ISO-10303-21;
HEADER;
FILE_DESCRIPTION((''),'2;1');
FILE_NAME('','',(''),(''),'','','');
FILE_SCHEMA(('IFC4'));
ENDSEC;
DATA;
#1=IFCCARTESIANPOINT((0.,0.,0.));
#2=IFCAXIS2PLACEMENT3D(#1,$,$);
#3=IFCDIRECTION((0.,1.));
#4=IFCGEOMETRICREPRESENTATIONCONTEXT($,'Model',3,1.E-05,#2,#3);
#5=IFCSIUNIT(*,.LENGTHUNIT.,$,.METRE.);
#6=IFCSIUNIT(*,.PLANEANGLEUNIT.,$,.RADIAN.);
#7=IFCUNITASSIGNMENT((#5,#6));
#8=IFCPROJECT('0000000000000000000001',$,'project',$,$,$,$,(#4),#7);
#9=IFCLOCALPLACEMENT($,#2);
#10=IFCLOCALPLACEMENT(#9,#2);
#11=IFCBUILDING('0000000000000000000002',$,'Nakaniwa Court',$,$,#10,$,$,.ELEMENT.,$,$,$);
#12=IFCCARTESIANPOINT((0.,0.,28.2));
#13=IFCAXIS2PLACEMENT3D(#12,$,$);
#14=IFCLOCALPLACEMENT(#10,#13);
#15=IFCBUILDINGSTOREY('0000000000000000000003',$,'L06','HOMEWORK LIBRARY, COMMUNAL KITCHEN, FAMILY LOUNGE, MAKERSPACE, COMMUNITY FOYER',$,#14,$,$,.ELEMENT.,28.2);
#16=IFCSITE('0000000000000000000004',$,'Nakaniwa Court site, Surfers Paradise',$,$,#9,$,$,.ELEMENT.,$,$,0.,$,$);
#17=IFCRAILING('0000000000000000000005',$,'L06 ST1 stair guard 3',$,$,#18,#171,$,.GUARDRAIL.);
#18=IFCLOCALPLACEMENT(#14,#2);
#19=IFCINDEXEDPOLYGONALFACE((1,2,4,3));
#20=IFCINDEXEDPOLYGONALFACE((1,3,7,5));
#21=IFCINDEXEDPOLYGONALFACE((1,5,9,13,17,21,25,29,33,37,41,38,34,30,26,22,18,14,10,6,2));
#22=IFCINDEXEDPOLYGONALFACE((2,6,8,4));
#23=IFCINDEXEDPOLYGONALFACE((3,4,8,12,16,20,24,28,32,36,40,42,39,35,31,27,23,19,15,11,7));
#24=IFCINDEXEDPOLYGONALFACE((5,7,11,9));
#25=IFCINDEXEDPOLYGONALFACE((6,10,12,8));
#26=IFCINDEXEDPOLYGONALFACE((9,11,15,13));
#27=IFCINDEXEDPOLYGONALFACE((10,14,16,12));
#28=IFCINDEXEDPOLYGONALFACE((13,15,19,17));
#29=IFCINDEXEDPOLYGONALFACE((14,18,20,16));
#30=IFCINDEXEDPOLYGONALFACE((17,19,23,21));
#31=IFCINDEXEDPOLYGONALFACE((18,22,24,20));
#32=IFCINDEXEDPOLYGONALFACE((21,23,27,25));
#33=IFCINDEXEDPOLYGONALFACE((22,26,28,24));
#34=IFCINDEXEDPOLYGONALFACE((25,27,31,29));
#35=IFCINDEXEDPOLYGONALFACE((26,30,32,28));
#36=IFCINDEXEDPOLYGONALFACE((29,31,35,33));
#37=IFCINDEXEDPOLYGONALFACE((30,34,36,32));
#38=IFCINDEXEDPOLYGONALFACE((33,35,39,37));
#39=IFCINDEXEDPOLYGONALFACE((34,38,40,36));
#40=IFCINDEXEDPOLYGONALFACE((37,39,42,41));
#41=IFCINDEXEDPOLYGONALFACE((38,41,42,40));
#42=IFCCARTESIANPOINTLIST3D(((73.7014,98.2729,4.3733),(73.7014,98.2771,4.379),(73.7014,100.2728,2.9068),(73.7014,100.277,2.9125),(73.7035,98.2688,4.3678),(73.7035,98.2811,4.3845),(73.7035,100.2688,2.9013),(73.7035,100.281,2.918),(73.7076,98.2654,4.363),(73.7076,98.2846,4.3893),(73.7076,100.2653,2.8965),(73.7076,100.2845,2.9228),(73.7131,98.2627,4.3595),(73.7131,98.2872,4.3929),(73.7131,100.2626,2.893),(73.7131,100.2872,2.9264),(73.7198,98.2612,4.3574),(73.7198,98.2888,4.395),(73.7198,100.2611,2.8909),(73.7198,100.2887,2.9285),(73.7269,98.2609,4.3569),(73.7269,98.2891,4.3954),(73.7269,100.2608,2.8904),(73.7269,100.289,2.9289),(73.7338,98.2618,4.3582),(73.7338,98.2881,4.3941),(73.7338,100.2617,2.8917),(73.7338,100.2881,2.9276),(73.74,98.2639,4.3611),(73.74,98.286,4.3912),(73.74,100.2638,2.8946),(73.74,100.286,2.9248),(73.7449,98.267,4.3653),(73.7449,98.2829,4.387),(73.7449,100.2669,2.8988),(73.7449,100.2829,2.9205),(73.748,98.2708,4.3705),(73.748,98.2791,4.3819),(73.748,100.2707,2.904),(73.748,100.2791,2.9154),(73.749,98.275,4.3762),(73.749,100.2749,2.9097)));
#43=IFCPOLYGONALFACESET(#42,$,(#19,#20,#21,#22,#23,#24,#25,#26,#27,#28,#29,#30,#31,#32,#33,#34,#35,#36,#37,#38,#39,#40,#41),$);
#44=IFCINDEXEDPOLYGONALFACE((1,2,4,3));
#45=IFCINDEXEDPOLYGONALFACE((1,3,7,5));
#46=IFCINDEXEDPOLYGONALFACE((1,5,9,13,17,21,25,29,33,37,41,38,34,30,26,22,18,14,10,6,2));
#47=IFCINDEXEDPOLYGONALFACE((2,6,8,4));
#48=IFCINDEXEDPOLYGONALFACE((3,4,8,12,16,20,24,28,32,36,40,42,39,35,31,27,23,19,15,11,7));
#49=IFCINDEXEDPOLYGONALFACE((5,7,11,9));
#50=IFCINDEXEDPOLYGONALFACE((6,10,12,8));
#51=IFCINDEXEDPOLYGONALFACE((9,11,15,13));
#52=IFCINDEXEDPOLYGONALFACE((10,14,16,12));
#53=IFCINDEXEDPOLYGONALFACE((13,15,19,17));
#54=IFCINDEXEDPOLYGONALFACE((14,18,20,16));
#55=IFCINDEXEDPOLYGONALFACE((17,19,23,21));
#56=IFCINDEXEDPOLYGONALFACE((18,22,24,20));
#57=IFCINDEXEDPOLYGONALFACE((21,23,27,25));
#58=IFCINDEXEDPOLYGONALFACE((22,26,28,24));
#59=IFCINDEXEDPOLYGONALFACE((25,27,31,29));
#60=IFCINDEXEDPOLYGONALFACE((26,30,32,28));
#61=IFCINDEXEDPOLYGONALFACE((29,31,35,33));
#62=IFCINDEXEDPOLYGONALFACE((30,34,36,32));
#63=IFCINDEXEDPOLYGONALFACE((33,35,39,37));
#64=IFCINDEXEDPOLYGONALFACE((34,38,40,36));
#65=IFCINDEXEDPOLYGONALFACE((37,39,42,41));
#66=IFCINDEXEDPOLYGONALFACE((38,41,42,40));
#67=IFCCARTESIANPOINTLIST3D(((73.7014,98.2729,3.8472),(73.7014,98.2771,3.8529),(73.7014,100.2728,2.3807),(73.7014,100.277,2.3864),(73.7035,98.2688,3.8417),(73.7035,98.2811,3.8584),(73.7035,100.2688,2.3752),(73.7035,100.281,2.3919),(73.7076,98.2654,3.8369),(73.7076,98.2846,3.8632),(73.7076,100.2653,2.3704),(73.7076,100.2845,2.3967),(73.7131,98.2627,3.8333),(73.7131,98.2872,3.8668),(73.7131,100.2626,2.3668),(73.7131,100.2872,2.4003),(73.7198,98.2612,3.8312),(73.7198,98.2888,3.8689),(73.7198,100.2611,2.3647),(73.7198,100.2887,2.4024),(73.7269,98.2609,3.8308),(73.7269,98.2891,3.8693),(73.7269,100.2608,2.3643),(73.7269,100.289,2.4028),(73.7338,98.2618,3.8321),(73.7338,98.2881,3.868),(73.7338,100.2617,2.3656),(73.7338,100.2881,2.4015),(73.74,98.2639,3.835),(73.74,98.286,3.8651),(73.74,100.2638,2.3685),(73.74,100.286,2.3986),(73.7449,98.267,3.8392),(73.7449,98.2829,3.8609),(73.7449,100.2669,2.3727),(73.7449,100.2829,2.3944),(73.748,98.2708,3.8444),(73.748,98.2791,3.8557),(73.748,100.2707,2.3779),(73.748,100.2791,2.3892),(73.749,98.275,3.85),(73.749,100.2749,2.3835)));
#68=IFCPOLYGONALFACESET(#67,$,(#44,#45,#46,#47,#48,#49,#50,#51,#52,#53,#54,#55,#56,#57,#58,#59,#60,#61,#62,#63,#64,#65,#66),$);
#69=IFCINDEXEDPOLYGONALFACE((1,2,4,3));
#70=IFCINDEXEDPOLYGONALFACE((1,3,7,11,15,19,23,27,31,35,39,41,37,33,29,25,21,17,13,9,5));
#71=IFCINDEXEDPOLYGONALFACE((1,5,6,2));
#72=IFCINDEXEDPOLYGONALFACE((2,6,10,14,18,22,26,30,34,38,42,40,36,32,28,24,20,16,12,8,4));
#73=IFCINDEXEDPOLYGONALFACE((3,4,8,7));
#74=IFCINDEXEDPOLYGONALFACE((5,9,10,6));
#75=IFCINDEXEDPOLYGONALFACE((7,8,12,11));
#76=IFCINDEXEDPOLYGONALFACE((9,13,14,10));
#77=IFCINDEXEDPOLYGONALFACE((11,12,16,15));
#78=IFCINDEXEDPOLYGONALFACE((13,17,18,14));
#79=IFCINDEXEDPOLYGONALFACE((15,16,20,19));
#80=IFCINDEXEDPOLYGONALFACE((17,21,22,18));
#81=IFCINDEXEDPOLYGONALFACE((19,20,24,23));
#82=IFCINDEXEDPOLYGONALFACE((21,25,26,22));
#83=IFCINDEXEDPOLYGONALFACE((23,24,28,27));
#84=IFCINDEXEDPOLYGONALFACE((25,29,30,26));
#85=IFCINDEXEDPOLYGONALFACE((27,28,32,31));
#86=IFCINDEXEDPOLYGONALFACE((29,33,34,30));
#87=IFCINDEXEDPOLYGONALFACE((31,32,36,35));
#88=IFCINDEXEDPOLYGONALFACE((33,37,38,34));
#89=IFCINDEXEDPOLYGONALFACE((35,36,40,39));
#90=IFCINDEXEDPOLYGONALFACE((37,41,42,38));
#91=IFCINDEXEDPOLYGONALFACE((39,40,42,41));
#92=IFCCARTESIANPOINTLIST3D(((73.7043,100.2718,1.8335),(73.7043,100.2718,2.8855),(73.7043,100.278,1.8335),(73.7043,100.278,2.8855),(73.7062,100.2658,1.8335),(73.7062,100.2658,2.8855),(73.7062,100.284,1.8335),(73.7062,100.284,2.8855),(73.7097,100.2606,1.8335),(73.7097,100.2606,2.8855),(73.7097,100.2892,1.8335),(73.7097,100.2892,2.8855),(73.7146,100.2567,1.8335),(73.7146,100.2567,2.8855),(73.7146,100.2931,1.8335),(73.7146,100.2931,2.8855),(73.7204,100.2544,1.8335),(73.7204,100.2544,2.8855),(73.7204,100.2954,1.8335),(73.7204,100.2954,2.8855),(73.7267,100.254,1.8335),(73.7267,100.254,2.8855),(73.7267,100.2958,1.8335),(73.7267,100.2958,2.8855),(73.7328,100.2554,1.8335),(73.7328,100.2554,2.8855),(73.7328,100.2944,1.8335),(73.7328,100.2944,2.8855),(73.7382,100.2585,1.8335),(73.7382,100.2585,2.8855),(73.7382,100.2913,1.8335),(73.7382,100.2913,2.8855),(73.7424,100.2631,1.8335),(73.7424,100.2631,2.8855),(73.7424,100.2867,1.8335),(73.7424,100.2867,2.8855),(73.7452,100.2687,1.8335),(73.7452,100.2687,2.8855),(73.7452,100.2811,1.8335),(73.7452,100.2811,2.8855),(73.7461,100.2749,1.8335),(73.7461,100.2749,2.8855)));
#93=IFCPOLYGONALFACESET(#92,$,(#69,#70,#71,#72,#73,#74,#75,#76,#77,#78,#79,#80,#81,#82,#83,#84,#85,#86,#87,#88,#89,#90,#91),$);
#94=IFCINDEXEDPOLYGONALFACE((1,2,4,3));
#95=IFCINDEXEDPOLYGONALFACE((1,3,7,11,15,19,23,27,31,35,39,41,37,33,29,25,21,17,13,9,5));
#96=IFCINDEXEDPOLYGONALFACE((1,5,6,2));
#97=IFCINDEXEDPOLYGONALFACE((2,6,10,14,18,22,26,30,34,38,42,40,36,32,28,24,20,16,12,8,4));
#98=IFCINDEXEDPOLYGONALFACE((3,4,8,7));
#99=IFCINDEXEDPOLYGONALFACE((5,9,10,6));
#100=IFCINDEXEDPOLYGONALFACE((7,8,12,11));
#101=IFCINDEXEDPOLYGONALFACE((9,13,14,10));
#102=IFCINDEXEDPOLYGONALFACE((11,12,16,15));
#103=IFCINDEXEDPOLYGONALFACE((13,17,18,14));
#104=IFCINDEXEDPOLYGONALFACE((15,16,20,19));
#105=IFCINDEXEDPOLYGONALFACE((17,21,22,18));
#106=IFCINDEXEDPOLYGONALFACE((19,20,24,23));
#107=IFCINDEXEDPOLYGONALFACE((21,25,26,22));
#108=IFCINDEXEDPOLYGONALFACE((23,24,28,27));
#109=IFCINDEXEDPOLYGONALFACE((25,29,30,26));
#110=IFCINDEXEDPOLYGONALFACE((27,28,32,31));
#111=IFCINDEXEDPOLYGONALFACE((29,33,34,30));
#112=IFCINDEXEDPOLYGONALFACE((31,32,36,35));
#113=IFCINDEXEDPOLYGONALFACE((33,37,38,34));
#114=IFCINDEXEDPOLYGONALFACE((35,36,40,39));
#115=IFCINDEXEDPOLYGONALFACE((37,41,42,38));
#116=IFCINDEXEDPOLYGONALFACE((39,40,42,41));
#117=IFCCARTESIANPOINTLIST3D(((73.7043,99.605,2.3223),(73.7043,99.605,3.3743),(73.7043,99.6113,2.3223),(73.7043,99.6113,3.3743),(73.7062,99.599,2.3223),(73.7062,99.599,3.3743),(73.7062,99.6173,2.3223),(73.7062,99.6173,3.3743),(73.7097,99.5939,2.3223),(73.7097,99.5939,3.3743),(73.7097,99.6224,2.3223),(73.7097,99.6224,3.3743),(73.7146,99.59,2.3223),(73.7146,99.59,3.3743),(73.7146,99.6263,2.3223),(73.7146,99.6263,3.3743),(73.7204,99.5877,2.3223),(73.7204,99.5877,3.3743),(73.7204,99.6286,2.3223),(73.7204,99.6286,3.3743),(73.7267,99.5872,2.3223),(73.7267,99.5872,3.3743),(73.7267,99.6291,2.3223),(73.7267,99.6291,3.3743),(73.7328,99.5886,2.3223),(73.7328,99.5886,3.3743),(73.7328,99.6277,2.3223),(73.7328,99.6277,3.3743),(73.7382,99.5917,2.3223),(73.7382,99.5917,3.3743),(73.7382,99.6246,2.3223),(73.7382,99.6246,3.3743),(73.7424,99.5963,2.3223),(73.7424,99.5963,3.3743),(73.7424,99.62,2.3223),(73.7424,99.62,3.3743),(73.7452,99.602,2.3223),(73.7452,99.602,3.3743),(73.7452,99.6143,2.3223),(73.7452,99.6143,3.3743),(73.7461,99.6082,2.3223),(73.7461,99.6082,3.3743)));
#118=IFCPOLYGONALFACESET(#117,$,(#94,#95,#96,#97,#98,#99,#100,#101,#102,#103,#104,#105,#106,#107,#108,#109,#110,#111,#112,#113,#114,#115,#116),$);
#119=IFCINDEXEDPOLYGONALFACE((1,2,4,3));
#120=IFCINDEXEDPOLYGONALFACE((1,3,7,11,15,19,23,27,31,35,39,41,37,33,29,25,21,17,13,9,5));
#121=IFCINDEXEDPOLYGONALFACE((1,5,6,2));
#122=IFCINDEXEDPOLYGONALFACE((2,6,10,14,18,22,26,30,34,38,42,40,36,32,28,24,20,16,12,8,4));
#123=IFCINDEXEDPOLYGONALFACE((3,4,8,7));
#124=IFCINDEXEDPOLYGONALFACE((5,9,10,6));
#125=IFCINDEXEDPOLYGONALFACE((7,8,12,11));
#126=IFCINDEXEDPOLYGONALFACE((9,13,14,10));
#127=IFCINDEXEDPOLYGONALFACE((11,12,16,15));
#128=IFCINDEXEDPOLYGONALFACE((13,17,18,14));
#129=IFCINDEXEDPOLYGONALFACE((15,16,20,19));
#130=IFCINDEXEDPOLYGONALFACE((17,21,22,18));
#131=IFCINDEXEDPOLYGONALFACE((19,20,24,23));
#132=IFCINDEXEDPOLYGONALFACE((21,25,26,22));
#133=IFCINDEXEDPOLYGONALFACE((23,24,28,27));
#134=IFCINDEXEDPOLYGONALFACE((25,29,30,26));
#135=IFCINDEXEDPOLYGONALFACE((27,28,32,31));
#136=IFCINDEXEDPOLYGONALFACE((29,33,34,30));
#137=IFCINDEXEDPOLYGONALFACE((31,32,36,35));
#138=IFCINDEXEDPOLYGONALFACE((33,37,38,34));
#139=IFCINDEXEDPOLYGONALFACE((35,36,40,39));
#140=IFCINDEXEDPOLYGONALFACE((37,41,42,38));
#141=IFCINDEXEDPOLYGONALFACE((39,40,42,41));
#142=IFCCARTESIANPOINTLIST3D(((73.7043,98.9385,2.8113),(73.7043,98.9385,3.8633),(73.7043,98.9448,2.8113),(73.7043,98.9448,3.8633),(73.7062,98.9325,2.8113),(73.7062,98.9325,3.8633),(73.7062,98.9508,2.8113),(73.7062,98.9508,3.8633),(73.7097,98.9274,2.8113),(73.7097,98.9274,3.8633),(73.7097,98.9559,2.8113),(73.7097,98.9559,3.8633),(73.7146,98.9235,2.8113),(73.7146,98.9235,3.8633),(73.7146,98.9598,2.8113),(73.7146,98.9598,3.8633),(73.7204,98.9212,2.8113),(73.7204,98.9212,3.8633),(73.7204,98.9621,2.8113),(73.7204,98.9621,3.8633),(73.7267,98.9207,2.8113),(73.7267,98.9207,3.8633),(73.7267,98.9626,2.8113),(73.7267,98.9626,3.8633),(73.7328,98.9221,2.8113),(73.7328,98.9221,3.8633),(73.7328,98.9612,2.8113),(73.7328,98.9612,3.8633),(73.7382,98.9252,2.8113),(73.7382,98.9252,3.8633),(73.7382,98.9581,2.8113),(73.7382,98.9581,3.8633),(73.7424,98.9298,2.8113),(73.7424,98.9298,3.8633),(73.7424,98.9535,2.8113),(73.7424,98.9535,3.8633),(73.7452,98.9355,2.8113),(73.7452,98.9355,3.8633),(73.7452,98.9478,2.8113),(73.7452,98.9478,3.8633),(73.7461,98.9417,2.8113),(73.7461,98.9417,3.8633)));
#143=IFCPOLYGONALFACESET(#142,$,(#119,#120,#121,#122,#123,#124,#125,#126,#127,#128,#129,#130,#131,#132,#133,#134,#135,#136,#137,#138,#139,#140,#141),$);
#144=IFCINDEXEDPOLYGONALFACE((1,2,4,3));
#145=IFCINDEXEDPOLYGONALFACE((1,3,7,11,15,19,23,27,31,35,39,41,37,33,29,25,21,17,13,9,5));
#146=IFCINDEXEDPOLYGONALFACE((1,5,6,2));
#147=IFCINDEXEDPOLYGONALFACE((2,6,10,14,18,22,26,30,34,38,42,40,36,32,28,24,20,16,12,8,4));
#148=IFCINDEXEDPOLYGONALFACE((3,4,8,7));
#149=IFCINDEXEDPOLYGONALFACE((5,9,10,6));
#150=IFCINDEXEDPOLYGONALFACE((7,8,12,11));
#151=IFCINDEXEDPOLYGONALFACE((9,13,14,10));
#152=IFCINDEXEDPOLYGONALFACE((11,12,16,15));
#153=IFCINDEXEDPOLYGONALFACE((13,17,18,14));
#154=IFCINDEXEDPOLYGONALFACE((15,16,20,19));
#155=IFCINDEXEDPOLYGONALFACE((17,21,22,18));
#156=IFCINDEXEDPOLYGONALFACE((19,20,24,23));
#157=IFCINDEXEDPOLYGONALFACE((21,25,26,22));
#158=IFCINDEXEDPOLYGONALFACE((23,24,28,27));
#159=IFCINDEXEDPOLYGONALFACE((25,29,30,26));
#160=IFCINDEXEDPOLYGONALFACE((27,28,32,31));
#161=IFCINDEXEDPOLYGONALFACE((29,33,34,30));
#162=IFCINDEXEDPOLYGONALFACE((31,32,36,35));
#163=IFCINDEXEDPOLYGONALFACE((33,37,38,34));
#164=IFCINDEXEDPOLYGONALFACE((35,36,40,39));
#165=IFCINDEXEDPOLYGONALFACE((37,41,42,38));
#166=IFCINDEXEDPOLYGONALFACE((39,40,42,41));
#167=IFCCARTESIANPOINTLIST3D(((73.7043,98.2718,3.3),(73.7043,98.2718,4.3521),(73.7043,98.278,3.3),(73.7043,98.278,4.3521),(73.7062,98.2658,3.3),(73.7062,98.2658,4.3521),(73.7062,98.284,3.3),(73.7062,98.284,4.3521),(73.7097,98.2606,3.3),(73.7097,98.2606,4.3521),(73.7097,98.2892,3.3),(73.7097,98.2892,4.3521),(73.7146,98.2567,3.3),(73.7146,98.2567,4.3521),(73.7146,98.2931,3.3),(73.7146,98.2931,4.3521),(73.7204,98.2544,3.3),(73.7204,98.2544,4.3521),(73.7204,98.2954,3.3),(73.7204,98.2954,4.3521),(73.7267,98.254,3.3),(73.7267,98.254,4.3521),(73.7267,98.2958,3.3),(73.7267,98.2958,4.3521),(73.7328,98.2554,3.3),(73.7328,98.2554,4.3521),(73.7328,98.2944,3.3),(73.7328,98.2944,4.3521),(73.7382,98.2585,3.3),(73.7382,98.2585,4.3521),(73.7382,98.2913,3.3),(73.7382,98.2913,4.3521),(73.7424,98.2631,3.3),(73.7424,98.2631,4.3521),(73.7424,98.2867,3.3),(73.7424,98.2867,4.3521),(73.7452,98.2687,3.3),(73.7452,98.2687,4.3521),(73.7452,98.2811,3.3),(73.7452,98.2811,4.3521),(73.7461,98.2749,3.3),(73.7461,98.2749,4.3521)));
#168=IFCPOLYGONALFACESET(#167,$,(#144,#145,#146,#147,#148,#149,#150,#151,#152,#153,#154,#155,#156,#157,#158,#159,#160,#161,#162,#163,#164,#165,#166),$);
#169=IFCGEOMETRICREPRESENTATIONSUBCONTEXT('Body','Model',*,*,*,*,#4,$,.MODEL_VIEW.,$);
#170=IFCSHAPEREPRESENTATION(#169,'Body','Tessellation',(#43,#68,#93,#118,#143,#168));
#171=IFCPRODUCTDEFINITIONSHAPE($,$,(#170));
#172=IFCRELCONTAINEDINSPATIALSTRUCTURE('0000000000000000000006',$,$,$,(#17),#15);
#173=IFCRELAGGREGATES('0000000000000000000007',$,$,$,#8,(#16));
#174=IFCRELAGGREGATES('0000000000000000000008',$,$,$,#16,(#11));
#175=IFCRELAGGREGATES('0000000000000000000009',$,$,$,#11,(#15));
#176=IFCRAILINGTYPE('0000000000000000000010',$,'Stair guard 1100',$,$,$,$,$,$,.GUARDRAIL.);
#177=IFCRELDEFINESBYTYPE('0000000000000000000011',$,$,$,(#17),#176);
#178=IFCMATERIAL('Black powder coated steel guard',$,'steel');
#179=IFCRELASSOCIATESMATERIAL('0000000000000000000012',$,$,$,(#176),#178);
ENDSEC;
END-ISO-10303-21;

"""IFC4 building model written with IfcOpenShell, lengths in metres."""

from ifc_helpers import new_model, si_unit, direction, frame, origin, origin_2d, place, context, subcontext, project, spatial, circle, extrude, material, type_object, element, save


model = new_model("IFC4")

# Units and contexts
model_context = context("Model", 3, precision=1e-05, world=origin(), true_north=direction((0.0, 1.0)))
body_context = subcontext(model_context, "Body", "Model", "MODEL_VIEW")
ifc_project = project(units=[si_unit("LENGTHUNIT", "METRE"), si_unit("PLANEANGLEUNIT", "RADIAN")], contexts=[model_context])

# Site, building, storey
site_placement = place(None, origin())
site = spatial("IfcSite", under=ifc_project, at=site_placement, Name="Nakaniwa Court site, Surfers Paradise", CompositionType="ELEMENT", RefElevation=0.0)
building_placement = place(site_placement, origin())
building = spatial("IfcBuilding", under=site, at=building_placement, Name="Nakaniwa Court", CompositionType="ELEMENT")
storey_placement = place(building_placement, frame((0.0, 0.0, 28.2)))
storey = spatial("IfcBuildingStorey", under=building, at=storey_placement, Name="L06", Description="HOMEWORK LIBRARY, COMMUNAL KITCHEN, FAMILY LOUNGE, MAKERSPACE, COMMUNITY FOYER", CompositionType="ELEMENT", Elevation=28.2)

# Railing
ifc_material_1 = material(Name="Black powder coated steel guard", Category="steel")
railing_type_1 = type_object("IfcRailingType", Name="Stair guard 1100", PredefinedType="GUARDRAIL", material=ifc_material_1)
railing_1_placement = place(storey_placement, frame((73.7251, 100.2749, 1.8335)))
element("IfcRailing", 1, at=railing_1_placement, inside=storey, type_object=railing_type_1, Name="L06 ST1 stair guard 3", PredefinedType="GUARDRAIL", context=body_context, shape_type="SweptSolid", body=[
    extrude(circle(Radius=0.0239, at=origin_2d()), frame((0.0, 0.0, 1.0762), z_axis=(0.0, -0.806427, 0.591334), x_axis=(1.0, 0.0, 0.0)), (0.0, 0.0, 1.0), 2.48),
    extrude(circle(Radius=0.0239, at=origin_2d()), frame((0.0, 0.0, 0.55), z_axis=(0.0, -0.806427, 0.591334), x_axis=(1.0, 0.0, 0.0)), (0.0, 0.0, 1.0), 2.48),
    extrude(circle(Radius=0.021, at=origin_2d()), origin(), (0.0, 0.0, 1.0), 1.052),
    extrude(circle(Radius=0.021, at=origin_2d()), frame((0.0, -0.6667, 0.4888)), (0.0, 0.0, 1.0), 1.052),
    extrude(circle(Radius=0.021, at=origin_2d()), frame((0.0, -1.3333, 0.9778)), (0.0, 0.0, 1.0), 1.052),
    extrude(circle(Radius=0.021, at=origin_2d()), frame((0.0, -2.0, 1.4666)), (0.0, 0.0, 1.0), 1.052),
])

save(model, "model.ifc")
